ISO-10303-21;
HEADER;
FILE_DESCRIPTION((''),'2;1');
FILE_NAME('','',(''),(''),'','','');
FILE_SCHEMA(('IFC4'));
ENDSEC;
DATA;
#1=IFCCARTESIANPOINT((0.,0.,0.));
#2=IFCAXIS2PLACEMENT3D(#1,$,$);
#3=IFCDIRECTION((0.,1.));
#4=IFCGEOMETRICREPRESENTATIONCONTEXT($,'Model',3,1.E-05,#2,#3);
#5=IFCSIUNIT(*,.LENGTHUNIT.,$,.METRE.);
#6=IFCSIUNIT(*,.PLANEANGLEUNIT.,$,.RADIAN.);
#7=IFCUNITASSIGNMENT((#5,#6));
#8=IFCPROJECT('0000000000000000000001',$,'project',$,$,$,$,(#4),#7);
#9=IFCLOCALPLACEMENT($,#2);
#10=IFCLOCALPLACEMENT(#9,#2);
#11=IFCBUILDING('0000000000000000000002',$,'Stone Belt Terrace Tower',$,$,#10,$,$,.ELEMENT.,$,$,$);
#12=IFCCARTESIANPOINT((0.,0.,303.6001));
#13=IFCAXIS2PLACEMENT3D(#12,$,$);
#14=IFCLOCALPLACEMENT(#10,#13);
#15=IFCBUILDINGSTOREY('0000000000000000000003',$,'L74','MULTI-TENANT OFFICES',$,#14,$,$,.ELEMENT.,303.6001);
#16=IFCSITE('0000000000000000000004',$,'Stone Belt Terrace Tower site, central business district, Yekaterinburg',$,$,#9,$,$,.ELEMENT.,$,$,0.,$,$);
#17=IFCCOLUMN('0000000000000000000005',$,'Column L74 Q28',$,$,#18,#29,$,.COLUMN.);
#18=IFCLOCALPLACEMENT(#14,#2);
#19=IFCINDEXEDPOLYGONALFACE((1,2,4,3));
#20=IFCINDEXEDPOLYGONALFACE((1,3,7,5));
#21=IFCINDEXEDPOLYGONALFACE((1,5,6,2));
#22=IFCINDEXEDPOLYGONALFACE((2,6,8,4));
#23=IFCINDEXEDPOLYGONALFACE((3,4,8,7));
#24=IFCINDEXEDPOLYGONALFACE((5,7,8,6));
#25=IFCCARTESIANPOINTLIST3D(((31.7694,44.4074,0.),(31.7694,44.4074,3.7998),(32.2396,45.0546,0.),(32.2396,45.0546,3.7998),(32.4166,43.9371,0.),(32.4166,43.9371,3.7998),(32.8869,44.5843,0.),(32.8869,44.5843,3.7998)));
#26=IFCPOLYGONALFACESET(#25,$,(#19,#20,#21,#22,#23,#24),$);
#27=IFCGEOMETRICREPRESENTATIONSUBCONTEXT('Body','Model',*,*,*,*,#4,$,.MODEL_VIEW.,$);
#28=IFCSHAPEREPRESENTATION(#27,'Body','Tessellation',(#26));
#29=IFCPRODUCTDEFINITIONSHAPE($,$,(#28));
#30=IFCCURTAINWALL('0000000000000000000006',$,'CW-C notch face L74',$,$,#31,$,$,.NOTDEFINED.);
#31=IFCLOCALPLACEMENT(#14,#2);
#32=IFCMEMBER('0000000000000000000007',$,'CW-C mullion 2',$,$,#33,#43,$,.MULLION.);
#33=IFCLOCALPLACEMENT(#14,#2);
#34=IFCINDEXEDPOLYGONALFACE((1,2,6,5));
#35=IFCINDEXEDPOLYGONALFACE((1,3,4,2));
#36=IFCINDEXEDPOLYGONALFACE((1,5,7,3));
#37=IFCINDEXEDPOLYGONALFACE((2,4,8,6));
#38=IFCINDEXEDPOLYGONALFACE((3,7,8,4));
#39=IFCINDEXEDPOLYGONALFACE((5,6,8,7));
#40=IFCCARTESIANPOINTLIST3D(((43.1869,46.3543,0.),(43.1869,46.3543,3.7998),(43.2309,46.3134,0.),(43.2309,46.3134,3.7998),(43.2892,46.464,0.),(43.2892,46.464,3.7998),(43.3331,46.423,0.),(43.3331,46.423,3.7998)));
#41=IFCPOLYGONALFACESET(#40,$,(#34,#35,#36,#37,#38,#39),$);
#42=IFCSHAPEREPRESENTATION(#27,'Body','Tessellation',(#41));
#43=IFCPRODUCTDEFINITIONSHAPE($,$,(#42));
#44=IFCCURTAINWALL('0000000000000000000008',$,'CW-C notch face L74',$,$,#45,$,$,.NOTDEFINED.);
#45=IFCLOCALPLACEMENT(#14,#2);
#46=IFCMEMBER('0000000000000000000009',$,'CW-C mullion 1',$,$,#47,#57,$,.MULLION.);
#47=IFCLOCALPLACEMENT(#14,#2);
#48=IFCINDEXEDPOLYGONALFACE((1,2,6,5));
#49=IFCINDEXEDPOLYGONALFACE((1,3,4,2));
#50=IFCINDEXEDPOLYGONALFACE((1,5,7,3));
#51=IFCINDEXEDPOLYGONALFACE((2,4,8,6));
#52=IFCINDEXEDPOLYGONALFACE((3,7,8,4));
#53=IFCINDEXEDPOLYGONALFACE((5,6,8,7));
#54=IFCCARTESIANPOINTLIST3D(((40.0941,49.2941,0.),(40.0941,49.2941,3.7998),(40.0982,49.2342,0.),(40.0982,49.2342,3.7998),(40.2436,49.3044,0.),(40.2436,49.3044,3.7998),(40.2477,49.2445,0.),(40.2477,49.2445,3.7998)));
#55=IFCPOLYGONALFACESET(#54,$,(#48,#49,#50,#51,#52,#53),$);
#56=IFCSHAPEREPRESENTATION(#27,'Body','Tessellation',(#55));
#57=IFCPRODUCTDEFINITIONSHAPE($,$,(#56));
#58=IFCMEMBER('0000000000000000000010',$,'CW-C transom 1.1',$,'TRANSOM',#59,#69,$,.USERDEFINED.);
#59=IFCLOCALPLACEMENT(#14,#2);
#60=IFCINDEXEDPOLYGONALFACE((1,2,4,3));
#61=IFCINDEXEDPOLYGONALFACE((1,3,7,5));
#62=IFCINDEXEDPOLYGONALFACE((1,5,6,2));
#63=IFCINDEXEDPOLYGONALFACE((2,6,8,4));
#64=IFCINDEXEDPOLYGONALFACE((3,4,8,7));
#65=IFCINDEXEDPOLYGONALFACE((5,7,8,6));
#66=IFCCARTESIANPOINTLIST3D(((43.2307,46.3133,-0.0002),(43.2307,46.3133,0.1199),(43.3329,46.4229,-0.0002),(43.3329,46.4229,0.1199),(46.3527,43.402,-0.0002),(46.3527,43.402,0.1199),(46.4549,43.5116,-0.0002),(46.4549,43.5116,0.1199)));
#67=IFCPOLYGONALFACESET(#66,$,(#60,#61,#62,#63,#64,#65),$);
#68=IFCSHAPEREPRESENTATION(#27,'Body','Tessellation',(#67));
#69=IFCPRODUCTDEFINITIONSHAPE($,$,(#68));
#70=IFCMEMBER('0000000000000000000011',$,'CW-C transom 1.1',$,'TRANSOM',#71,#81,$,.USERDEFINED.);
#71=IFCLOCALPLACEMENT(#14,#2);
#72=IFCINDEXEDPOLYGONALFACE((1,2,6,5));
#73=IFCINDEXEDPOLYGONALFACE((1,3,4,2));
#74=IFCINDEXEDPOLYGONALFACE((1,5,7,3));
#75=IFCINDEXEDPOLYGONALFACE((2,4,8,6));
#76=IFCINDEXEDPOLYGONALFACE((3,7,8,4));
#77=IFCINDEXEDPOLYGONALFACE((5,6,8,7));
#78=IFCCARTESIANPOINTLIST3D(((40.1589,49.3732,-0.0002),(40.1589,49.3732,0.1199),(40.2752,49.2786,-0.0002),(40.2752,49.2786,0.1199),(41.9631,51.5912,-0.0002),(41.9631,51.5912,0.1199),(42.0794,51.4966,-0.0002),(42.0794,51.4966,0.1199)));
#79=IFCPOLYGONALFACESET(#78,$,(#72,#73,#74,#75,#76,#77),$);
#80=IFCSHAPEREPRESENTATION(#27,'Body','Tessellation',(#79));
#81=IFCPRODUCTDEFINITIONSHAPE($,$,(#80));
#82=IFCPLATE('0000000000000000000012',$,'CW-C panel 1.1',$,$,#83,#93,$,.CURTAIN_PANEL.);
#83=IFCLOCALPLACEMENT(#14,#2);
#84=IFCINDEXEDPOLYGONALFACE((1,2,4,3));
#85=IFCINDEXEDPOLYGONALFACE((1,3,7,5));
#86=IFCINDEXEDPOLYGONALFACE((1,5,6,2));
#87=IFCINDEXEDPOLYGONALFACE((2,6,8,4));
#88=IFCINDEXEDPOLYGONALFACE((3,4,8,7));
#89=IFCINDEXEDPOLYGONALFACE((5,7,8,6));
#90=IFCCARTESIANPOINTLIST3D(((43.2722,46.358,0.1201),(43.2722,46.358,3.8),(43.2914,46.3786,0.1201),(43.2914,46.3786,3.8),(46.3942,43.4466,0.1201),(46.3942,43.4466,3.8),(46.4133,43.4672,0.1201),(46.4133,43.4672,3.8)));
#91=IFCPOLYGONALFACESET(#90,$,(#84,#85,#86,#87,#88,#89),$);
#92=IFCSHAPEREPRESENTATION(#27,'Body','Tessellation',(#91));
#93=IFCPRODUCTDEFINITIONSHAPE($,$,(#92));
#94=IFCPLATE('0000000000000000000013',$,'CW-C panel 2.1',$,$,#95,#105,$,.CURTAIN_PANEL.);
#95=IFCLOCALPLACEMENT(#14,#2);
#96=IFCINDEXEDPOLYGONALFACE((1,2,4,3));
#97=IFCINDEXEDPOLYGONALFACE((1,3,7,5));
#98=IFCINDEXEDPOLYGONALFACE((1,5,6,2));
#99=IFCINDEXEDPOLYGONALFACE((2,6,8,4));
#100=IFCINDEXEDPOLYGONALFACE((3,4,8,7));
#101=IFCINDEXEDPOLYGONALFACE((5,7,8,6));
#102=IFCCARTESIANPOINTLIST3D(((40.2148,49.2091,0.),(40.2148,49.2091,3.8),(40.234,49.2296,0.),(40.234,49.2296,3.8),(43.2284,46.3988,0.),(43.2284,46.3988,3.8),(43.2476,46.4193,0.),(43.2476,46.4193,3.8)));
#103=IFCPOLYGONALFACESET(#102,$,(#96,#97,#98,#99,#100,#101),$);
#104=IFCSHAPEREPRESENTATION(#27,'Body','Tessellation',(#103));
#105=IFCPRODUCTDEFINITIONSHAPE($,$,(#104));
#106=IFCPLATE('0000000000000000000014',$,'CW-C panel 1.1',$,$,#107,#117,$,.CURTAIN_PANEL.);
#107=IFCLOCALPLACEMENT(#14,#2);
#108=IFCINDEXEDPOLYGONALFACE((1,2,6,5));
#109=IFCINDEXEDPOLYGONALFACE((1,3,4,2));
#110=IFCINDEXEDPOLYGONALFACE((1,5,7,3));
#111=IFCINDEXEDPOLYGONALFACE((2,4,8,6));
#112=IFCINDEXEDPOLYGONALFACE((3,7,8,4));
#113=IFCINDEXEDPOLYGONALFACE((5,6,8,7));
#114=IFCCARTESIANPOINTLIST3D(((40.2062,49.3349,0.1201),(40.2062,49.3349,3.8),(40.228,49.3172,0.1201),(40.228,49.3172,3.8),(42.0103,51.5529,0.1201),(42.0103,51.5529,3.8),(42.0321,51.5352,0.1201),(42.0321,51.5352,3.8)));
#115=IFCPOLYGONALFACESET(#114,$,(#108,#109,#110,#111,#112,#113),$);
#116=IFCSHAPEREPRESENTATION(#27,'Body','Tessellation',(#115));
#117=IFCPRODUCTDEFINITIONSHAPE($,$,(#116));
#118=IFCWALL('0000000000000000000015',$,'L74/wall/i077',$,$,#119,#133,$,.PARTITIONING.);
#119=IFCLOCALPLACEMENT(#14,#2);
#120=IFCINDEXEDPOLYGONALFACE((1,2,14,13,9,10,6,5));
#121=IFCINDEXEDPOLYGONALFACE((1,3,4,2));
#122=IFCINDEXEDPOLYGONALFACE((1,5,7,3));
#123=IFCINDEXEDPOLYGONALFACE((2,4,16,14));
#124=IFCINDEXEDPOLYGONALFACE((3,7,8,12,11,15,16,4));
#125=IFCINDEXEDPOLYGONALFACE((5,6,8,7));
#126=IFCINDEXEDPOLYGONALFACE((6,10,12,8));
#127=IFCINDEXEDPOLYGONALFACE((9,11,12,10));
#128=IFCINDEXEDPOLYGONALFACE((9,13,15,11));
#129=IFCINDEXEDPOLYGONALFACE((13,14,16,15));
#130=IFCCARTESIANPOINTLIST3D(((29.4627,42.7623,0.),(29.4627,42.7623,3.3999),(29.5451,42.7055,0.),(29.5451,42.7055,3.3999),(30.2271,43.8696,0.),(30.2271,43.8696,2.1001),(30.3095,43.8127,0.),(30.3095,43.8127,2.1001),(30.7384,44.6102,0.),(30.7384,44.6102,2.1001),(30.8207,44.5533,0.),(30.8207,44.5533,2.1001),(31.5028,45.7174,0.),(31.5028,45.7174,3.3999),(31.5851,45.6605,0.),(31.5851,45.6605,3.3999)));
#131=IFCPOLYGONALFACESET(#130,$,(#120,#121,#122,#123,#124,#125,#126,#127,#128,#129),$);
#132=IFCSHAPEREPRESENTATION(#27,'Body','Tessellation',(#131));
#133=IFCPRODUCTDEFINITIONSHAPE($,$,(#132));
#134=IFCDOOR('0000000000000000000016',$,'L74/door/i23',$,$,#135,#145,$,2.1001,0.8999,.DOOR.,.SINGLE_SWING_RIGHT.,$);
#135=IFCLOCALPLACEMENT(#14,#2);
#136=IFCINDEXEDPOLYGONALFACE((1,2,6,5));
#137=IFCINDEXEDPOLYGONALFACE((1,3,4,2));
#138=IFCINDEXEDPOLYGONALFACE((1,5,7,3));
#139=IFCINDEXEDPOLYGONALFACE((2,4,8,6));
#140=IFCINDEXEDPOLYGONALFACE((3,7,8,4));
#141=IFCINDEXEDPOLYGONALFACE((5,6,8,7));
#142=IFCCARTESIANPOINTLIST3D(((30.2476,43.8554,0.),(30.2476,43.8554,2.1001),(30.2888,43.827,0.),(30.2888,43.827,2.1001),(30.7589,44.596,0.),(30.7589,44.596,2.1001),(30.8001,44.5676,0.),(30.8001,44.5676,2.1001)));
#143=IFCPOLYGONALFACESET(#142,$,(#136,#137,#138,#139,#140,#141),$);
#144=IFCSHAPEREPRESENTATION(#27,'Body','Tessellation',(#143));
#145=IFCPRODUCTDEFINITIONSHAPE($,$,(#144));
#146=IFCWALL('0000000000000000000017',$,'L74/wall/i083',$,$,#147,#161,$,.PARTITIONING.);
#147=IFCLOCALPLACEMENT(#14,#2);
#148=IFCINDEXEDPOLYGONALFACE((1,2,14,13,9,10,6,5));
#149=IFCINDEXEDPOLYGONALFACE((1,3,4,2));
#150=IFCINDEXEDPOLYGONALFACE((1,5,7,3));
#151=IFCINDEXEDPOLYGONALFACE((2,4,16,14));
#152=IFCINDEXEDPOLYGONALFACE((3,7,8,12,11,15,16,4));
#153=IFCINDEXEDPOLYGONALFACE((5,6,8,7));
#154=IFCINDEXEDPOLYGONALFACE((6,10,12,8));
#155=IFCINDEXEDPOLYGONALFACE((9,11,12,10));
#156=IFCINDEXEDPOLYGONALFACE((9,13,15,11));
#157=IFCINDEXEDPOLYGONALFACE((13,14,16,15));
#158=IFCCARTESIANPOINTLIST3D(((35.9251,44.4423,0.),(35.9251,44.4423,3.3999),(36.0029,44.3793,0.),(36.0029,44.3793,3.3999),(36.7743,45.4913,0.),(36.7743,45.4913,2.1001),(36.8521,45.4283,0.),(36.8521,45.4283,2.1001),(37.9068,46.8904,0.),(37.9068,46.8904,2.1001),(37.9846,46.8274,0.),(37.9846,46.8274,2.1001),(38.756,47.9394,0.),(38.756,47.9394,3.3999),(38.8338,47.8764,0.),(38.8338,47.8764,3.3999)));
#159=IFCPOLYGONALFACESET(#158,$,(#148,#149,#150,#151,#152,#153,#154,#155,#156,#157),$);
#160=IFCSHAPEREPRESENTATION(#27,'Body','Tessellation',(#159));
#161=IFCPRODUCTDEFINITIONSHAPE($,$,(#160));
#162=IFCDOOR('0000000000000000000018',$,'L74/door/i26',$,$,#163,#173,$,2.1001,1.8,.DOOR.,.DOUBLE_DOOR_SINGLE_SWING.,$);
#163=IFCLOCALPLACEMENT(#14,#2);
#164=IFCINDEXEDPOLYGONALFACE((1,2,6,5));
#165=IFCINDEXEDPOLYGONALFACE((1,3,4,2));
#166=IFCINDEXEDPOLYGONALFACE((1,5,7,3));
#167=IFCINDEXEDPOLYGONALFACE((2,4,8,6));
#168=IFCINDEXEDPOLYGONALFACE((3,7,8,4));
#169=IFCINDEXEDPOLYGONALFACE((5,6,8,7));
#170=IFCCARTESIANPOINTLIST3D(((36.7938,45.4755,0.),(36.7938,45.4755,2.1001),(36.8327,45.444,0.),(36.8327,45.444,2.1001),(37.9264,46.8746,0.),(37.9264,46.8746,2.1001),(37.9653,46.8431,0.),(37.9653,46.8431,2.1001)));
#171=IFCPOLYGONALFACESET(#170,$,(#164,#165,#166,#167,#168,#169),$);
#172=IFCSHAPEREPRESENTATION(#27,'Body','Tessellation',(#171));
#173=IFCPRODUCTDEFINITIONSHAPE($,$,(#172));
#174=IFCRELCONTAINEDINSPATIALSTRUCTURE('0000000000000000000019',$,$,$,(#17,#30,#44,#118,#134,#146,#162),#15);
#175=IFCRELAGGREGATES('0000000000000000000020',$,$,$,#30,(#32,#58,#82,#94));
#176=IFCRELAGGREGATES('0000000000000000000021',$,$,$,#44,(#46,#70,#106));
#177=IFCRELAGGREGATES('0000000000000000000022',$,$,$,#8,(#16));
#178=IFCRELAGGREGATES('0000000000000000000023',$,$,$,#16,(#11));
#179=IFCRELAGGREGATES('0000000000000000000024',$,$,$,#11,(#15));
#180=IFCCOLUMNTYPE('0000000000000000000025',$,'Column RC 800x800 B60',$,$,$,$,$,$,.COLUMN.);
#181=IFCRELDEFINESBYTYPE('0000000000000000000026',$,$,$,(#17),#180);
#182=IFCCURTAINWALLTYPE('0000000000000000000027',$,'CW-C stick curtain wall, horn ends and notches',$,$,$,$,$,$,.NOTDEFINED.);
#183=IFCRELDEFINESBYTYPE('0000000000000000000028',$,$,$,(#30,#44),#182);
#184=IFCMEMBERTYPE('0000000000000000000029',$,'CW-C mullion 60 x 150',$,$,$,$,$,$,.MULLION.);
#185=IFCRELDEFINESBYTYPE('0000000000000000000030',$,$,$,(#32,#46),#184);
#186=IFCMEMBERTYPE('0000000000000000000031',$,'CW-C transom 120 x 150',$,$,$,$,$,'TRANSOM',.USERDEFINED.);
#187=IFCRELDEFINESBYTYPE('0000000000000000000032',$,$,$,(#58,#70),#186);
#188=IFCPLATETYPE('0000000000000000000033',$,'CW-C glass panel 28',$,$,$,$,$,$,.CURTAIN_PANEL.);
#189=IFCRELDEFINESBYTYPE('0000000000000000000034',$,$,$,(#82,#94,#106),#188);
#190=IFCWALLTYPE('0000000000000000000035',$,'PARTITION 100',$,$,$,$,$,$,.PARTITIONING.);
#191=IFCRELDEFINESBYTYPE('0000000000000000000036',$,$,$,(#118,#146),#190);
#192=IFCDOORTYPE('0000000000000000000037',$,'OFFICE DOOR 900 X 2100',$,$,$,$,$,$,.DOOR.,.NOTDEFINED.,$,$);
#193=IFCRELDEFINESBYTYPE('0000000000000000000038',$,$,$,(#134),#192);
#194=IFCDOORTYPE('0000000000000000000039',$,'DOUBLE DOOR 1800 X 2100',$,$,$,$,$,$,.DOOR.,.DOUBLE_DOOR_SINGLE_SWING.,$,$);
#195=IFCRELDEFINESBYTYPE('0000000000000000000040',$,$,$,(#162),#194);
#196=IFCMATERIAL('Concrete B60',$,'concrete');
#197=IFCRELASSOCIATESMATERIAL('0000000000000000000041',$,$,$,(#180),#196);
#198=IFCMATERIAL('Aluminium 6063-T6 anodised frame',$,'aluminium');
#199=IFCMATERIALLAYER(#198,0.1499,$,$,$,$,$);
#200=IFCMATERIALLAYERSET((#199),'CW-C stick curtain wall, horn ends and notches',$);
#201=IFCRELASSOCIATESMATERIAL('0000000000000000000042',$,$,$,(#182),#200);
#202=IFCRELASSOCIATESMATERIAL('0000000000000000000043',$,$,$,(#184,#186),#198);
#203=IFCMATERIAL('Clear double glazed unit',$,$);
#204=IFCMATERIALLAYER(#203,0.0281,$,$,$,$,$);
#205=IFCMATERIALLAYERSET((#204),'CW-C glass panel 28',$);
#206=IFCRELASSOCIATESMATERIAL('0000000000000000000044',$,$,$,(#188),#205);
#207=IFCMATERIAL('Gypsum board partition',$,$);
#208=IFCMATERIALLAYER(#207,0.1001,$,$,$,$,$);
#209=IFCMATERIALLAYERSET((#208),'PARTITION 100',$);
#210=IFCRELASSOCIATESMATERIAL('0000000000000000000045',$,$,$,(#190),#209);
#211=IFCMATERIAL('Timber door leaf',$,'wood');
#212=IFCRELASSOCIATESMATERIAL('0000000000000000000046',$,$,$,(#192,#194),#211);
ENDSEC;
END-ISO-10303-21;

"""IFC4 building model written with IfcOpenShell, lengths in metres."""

from ifc_helpers import new_model, si_unit, direction, frame, frame_2d, origin, origin_2d, place, context, subcontext, project, spatial, rectangle, extrude, material, layer, layer_set, material_profile, profile_set, type_object, element, fill, aggregate, save


model = new_model("IFC4")

# Units and contexts
model_context = context("Model", 3, precision=1e-05, world=origin(), true_north=direction((0.0, 1.0)))
body_context = subcontext(model_context, "Body", "Model", "MODEL_VIEW")
ifc_project = project(units=[si_unit("LENGTHUNIT", "METRE"), si_unit("PLANEANGLEUNIT", "RADIAN")], contexts=[model_context])

# Site, building, storey
site_placement = place(None, origin())
site = spatial("IfcSite", under=ifc_project, at=site_placement, Name="Stone Belt Terrace Tower site, central business district, Yekaterinburg", CompositionType="ELEMENT", RefElevation=0.0)
building_placement = place(site_placement, origin())
building = spatial("IfcBuilding", under=site, at=building_placement, Name="Stone Belt Terrace Tower", CompositionType="ELEMENT")
storey_placement = place(building_placement, frame((0.0, 0.0, 303.6001)))
storey = spatial("IfcBuildingStorey", under=building, at=storey_placement, Name="L74", Description="MULTI-TENANT OFFICES", CompositionType="ELEMENT", Elevation=303.6001)

# Column
ifc_material_1 = material(Name="Concrete B60", Category="concrete")
ifc_material_profile_1 = material_profile(ifc_material_1, rectangle(XDim=0.8, YDim=0.8, at=origin_2d()), Name="RC 800x800")
ifc_profile_set_1 = profile_set([ifc_material_profile_1], Name="Concrete B60")
column_type = type_object("IfcColumnType", Name="Column RC 800x800 B60", PredefinedType="COLUMN", material=ifc_profile_set_1)
column_placement = place(storey_placement, frame((32.3281, 44.4958, 0.0), z_axis=(0.0, 0.0, 1.0), x_axis=(0.809017, -0.587785, 0.0)))
element("IfcColumn", 1, at=column_placement, inside=storey, type_object=column_type, Name="Column L74 Q28", PredefinedType="COLUMN", context=body_context, shape_type="SweptSolid", body=[
    extrude(rectangle(XDim=0.8, YDim=0.8, at=origin_2d()), origin(), (0.0, 0.0, 1.0), 3.7998),
])

# Curtain walls, members
ifc_material_2 = material(Name="Aluminium 6063-T6 anodised frame", Category="aluminium")
ifc_layer_1 = layer(ifc_material_2, 0.1499)
ifc_layer_set_1 = layer_set([ifc_layer_1], Name="CW-C stick curtain wall, horn ends and notches")
curtain_wall_type = type_object("IfcCurtainWallType", Name="CW-C stick curtain wall, horn ends and notches", PredefinedType="NOTDEFINED", material=ifc_layer_set_1)
curtain_wall_1_placement = place(storey_placement, origin())
curtain_wall_1 = element("IfcCurtainWall", 2, at=curtain_wall_1_placement, inside=storey, type_object=curtain_wall_type, Name="CW-C notch face L74", PredefinedType="NOTDEFINED")
ifc_material_profile_2 = material_profile(ifc_material_2, rectangle(XDim=0.1499, YDim=0.0601, at=origin_2d()), Name="Aluminium 6063-T6 60x150")
ifc_profile_set_2 = profile_set([ifc_material_profile_2], Name="Aluminium 6063-T6 anodised frame")
member_type_1 = type_object("IfcMemberType", Name="CW-C mullion 60 x 150", PredefinedType="MULLION", material=ifc_profile_set_2)
member_1_placement = place(storey_placement, frame((43.26, 46.3887, 0.0), z_axis=(0.0, 0.0, 1.0), x_axis=(-0.682014, -0.731339, 0.0)))
member_1 = element("IfcMember", 3, at=member_1_placement, type_object=member_type_1, Name="CW-C mullion 2", PredefinedType="MULLION", context=body_context, shape_type="SweptSolid", body=[
    extrude(rectangle(XDim=0.1499, YDim=0.0601, at=origin_2d()), origin(), (0.0, 0.0, 1.0), 3.7998),
])
curtain_wall_2_placement = place(storey_placement, origin())
curtain_wall_2 = element("IfcCurtainWall", 4, at=curtain_wall_2_placement, inside=storey, type_object=curtain_wall_type, Name="CW-C notch face L74", PredefinedType="NOTDEFINED")
member_2_placement = place(storey_placement, frame((40.1709, 49.2693, 0.0), z_axis=(0.0, 0.0, 1.0), x_axis=(-0.99764, -0.068666, 0.0)))
member_2 = element("IfcMember", 5, at=member_2_placement, type_object=member_type_1, Name="CW-C mullion 1", PredefinedType="MULLION", context=body_context, shape_type="SweptSolid", body=[
    extrude(rectangle(XDim=0.1499, YDim=0.0601, at=origin_2d()), origin(), (0.0, 0.0, 1.0), 3.7998),
])

# Members
ifc_material_profile_3 = material_profile(ifc_material_2, rectangle(XDim=0.1499, YDim=0.1201, at=origin_2d()), Name="Aluminium 6063-T6 150x120")
ifc_profile_set_3 = profile_set([ifc_material_profile_3], Name="Aluminium 6063-T6 anodised frame")
member_type_2 = type_object("IfcMemberType", Name="CW-C transom 120 x 150", ElementType="TRANSOM", PredefinedType="USERDEFINED", material=ifc_profile_set_3)
member_3_placement = place(storey_placement, frame((46.4038, 43.4568, 0.0598), z_axis=(-0.731354, 0.681998, 0.0), x_axis=(-0.681998, -0.731354, 0.0)))
member_3 = element("IfcMember", 6, at=member_3_placement, type_object=member_type_2, Name="CW-C transom 1.1", ObjectType="TRANSOM", PredefinedType="USERDEFINED", context=body_context, shape_type="SweptSolid", body=[
    extrude(rectangle(XDim=0.1499, YDim=0.1201, at=origin_2d()), origin(), (0.0, 0.0, 1.0), 4.2688),
])
member_4_placement = place(storey_placement, frame((40.217, 49.3259, 0.0598), z_axis=(0.631027, 0.775761, 0.0), x_axis=(-0.775761, 0.631027, 0.0)))
member_4 = element("IfcMember", 7, at=member_4_placement, type_object=member_type_2, Name="CW-C transom 1.1", ObjectType="TRANSOM", PredefinedType="USERDEFINED", context=body_context, shape_type="SweptSolid", body=[
    extrude(rectangle(XDim=0.1499, YDim=0.1201, at=origin_2d()), origin(), (0.0, 0.0, 1.0), 2.8591),
])

# Plates
ifc_material_3 = material(Name="Clear double glazed unit")
ifc_layer_2 = layer(ifc_material_3, 0.0281)
ifc_layer_set_2 = layer_set([ifc_layer_2], Name="CW-C glass panel 28")
plate_type = type_object("IfcPlateType", Name="CW-C glass panel 28", PredefinedType="CURTAIN_PANEL", material=ifc_layer_set_2)
plate_1_placement = place(storey_placement, frame((44.8428, 44.9126, 0.1201), z_axis=(0.0, 0.0, 1.0), x_axis=(-0.731339, 0.682014, 0.0)))
plate_1 = element("IfcPlate", 8, at=plate_1_placement, type_object=plate_type, Name="CW-C panel 1.1", PredefinedType="CURTAIN_PANEL", context=body_context, shape_type="SweptSolid", body=[
    extrude(rectangle(XDim=4.2688, YDim=0.0281, at=origin_2d()), origin(), (0.0, 0.0, 1.0), 3.6799),
])
plate_2_placement = place(storey_placement, frame((41.7312, 47.8142, 0.0), z_axis=(0.0, 0.0, 1.0), x_axis=(-0.731339, 0.682014, 0.0)))
plate_2 = element("IfcPlate", 9, at=plate_2_placement, type_object=plate_type, Name="CW-C panel 2.1", PredefinedType="CURTAIN_PANEL", context=body_context, shape_type="SweptSolid", body=[
    extrude(rectangle(XDim=4.1206, YDim=0.0281, at=origin_2d()), origin(), (0.0, 0.0, 1.0), 3.8),
])
aggregate(curtain_wall_1, [member_1, member_3, plate_1, plate_2])
plate_3_placement = place(storey_placement, frame((41.1191, 50.4351, 0.1201), z_axis=(0.0, 0.0, 1.0), x_axis=(0.631001, 0.775782, 0.0)))
plate_3 = element("IfcPlate", 10, at=plate_3_placement, type_object=plate_type, Name="CW-C panel 1.1", PredefinedType="CURTAIN_PANEL", context=body_context, shape_type="SweptSolid", body=[
    extrude(rectangle(XDim=2.8591, YDim=0.0281, at=origin_2d()), origin(), (0.0, 0.0, 1.0), 3.6799),
])
aggregate(curtain_wall_2, [member_2, member_4, plate_3])

# Walls, openings, doors
ifc_material_4 = material(Name="Gypsum board partition")
ifc_layer_3 = layer(ifc_material_4, 0.1001)
ifc_layer_set_3 = layer_set([ifc_layer_3], Name="PARTITION 100")
wall_type_1 = type_object("IfcWallType", Name="PARTITION 100", PredefinedType="PARTITIONING", material=ifc_layer_set_3)
wall_1_placement = place(storey_placement, frame((31.5439, 45.689, 0.0), z_axis=(0.0, 0.0, 1.0), x_axis=(-0.568121, -0.822945, 0.0)))
wall_1 = element("IfcWall", 11, at=wall_1_placement, inside=storey, type_object=wall_type_1, Name="L74/wall/i077", PredefinedType="PARTITIONING", context=body_context, shape_type="SweptSolid", body=[
    extrude(rectangle(XDim=3.5908, YDim=0.1001, at=frame_2d((1.7954, 0.0))), origin(), (0.0, 0.0, 1.0), 3.3999),
])
opening_1_placement = place(wall_1_placement, frame((1.3455, 0.0, 0.0)))
opening_1 = element("IfcOpeningElement", 12, at=opening_1_placement, cuts=wall_1, PredefinedType="OPENING", context=body_context, shape_type="SweptSolid", body=[
    extrude(rectangle(XDim=0.8999, YDim=2.1001, at=frame_2d((0.45, 1.05))), frame((0.0, 0.0601, 0.0), z_axis=(0.0, -1.0, 0.0), x_axis=(1.0, 0.0, 0.0)), (0.0, 0.0, 1.0), 0.1201),
])
ifc_material_5 = material(Name="Timber door leaf", Category="wood")
door_type_1 = type_object("IfcDoorType", Name="OFFICE DOOR 900 X 2100", OperationType="NOTDEFINED", PredefinedType="DOOR", material=ifc_material_5)
door_1_placement = place(opening_1_placement, origin())
door_1 = element("IfcDoor", 13, at=door_1_placement, inside=storey, type_object=door_type_1, Name="L74/door/i23", OperationType="SINGLE_SWING_RIGHT", OverallHeight=2.1001, OverallWidth=0.8999, PredefinedType="DOOR", context=body_context, shape_type="SweptSolid", body=[
    extrude(rectangle(XDim=0.8999, YDim=2.1001, at=frame_2d((0.45, 1.05))), frame((0.0, 0.0249, 0.0), z_axis=(0.0, -1.0, 0.0), x_axis=(1.0, 0.0, 0.0)), (0.0, 0.0, 1.0), 0.05),
])
fill(opening_1, door_1)
wall_2_placement = place(storey_placement, frame((35.9641, 44.4109, 0.0), z_axis=(0.0, 0.0, 1.0), x_axis=(0.629178, 0.777261, 0.0)))
wall_2 = element("IfcWall", 14, at=wall_2_placement, inside=storey, type_object=wall_type_1, Name="L74/wall/i083", PredefinedType="PARTITIONING", context=body_context, shape_type="SweptSolid", body=[
    extrude(rectangle(XDim=4.4993, YDim=0.1001, at=frame_2d((2.2495, 0.0))), origin(), (0.0, 0.0, 1.0), 3.3999),
])
opening_2_placement = place(wall_2_placement, frame((1.3496, 0.0, 0.0)))
opening_2 = element("IfcOpeningElement", 15, at=opening_2_placement, cuts=wall_2, PredefinedType="OPENING", context=body_context, shape_type="SweptSolid", body=[
    extrude(rectangle(XDim=1.8, YDim=2.1001, at=frame_2d((0.8999, 1.05))), frame((0.0, 0.0601, 0.0), z_axis=(0.0, -1.0, 0.0), x_axis=(1.0, 0.0, 0.0)), (0.0, 0.0, 1.0), 0.1201),
])
door_type_2 = type_object("IfcDoorType", Name="DOUBLE DOOR 1800 X 2100", OperationType="DOUBLE_DOOR_SINGLE_SWING", PredefinedType="DOOR", material=ifc_material_5)
door_2_placement = place(opening_2_placement, origin())
door_2 = element("IfcDoor", 16, at=door_2_placement, inside=storey, type_object=door_type_2, Name="L74/door/i26", OperationType="DOUBLE_DOOR_SINGLE_SWING", OverallHeight=2.1001, OverallWidth=1.8, PredefinedType="DOOR", context=body_context, shape_type="SweptSolid", body=[
    extrude(rectangle(XDim=1.8, YDim=2.1001, at=frame_2d((0.8999, 1.05))), frame((0.0, 0.0249, 0.0), z_axis=(0.0, -1.0, 0.0), x_axis=(1.0, 0.0, 0.0)), (0.0, 0.0, 1.0), 0.05),
])
fill(opening_2, door_2)

save(model, "model.ifc")
